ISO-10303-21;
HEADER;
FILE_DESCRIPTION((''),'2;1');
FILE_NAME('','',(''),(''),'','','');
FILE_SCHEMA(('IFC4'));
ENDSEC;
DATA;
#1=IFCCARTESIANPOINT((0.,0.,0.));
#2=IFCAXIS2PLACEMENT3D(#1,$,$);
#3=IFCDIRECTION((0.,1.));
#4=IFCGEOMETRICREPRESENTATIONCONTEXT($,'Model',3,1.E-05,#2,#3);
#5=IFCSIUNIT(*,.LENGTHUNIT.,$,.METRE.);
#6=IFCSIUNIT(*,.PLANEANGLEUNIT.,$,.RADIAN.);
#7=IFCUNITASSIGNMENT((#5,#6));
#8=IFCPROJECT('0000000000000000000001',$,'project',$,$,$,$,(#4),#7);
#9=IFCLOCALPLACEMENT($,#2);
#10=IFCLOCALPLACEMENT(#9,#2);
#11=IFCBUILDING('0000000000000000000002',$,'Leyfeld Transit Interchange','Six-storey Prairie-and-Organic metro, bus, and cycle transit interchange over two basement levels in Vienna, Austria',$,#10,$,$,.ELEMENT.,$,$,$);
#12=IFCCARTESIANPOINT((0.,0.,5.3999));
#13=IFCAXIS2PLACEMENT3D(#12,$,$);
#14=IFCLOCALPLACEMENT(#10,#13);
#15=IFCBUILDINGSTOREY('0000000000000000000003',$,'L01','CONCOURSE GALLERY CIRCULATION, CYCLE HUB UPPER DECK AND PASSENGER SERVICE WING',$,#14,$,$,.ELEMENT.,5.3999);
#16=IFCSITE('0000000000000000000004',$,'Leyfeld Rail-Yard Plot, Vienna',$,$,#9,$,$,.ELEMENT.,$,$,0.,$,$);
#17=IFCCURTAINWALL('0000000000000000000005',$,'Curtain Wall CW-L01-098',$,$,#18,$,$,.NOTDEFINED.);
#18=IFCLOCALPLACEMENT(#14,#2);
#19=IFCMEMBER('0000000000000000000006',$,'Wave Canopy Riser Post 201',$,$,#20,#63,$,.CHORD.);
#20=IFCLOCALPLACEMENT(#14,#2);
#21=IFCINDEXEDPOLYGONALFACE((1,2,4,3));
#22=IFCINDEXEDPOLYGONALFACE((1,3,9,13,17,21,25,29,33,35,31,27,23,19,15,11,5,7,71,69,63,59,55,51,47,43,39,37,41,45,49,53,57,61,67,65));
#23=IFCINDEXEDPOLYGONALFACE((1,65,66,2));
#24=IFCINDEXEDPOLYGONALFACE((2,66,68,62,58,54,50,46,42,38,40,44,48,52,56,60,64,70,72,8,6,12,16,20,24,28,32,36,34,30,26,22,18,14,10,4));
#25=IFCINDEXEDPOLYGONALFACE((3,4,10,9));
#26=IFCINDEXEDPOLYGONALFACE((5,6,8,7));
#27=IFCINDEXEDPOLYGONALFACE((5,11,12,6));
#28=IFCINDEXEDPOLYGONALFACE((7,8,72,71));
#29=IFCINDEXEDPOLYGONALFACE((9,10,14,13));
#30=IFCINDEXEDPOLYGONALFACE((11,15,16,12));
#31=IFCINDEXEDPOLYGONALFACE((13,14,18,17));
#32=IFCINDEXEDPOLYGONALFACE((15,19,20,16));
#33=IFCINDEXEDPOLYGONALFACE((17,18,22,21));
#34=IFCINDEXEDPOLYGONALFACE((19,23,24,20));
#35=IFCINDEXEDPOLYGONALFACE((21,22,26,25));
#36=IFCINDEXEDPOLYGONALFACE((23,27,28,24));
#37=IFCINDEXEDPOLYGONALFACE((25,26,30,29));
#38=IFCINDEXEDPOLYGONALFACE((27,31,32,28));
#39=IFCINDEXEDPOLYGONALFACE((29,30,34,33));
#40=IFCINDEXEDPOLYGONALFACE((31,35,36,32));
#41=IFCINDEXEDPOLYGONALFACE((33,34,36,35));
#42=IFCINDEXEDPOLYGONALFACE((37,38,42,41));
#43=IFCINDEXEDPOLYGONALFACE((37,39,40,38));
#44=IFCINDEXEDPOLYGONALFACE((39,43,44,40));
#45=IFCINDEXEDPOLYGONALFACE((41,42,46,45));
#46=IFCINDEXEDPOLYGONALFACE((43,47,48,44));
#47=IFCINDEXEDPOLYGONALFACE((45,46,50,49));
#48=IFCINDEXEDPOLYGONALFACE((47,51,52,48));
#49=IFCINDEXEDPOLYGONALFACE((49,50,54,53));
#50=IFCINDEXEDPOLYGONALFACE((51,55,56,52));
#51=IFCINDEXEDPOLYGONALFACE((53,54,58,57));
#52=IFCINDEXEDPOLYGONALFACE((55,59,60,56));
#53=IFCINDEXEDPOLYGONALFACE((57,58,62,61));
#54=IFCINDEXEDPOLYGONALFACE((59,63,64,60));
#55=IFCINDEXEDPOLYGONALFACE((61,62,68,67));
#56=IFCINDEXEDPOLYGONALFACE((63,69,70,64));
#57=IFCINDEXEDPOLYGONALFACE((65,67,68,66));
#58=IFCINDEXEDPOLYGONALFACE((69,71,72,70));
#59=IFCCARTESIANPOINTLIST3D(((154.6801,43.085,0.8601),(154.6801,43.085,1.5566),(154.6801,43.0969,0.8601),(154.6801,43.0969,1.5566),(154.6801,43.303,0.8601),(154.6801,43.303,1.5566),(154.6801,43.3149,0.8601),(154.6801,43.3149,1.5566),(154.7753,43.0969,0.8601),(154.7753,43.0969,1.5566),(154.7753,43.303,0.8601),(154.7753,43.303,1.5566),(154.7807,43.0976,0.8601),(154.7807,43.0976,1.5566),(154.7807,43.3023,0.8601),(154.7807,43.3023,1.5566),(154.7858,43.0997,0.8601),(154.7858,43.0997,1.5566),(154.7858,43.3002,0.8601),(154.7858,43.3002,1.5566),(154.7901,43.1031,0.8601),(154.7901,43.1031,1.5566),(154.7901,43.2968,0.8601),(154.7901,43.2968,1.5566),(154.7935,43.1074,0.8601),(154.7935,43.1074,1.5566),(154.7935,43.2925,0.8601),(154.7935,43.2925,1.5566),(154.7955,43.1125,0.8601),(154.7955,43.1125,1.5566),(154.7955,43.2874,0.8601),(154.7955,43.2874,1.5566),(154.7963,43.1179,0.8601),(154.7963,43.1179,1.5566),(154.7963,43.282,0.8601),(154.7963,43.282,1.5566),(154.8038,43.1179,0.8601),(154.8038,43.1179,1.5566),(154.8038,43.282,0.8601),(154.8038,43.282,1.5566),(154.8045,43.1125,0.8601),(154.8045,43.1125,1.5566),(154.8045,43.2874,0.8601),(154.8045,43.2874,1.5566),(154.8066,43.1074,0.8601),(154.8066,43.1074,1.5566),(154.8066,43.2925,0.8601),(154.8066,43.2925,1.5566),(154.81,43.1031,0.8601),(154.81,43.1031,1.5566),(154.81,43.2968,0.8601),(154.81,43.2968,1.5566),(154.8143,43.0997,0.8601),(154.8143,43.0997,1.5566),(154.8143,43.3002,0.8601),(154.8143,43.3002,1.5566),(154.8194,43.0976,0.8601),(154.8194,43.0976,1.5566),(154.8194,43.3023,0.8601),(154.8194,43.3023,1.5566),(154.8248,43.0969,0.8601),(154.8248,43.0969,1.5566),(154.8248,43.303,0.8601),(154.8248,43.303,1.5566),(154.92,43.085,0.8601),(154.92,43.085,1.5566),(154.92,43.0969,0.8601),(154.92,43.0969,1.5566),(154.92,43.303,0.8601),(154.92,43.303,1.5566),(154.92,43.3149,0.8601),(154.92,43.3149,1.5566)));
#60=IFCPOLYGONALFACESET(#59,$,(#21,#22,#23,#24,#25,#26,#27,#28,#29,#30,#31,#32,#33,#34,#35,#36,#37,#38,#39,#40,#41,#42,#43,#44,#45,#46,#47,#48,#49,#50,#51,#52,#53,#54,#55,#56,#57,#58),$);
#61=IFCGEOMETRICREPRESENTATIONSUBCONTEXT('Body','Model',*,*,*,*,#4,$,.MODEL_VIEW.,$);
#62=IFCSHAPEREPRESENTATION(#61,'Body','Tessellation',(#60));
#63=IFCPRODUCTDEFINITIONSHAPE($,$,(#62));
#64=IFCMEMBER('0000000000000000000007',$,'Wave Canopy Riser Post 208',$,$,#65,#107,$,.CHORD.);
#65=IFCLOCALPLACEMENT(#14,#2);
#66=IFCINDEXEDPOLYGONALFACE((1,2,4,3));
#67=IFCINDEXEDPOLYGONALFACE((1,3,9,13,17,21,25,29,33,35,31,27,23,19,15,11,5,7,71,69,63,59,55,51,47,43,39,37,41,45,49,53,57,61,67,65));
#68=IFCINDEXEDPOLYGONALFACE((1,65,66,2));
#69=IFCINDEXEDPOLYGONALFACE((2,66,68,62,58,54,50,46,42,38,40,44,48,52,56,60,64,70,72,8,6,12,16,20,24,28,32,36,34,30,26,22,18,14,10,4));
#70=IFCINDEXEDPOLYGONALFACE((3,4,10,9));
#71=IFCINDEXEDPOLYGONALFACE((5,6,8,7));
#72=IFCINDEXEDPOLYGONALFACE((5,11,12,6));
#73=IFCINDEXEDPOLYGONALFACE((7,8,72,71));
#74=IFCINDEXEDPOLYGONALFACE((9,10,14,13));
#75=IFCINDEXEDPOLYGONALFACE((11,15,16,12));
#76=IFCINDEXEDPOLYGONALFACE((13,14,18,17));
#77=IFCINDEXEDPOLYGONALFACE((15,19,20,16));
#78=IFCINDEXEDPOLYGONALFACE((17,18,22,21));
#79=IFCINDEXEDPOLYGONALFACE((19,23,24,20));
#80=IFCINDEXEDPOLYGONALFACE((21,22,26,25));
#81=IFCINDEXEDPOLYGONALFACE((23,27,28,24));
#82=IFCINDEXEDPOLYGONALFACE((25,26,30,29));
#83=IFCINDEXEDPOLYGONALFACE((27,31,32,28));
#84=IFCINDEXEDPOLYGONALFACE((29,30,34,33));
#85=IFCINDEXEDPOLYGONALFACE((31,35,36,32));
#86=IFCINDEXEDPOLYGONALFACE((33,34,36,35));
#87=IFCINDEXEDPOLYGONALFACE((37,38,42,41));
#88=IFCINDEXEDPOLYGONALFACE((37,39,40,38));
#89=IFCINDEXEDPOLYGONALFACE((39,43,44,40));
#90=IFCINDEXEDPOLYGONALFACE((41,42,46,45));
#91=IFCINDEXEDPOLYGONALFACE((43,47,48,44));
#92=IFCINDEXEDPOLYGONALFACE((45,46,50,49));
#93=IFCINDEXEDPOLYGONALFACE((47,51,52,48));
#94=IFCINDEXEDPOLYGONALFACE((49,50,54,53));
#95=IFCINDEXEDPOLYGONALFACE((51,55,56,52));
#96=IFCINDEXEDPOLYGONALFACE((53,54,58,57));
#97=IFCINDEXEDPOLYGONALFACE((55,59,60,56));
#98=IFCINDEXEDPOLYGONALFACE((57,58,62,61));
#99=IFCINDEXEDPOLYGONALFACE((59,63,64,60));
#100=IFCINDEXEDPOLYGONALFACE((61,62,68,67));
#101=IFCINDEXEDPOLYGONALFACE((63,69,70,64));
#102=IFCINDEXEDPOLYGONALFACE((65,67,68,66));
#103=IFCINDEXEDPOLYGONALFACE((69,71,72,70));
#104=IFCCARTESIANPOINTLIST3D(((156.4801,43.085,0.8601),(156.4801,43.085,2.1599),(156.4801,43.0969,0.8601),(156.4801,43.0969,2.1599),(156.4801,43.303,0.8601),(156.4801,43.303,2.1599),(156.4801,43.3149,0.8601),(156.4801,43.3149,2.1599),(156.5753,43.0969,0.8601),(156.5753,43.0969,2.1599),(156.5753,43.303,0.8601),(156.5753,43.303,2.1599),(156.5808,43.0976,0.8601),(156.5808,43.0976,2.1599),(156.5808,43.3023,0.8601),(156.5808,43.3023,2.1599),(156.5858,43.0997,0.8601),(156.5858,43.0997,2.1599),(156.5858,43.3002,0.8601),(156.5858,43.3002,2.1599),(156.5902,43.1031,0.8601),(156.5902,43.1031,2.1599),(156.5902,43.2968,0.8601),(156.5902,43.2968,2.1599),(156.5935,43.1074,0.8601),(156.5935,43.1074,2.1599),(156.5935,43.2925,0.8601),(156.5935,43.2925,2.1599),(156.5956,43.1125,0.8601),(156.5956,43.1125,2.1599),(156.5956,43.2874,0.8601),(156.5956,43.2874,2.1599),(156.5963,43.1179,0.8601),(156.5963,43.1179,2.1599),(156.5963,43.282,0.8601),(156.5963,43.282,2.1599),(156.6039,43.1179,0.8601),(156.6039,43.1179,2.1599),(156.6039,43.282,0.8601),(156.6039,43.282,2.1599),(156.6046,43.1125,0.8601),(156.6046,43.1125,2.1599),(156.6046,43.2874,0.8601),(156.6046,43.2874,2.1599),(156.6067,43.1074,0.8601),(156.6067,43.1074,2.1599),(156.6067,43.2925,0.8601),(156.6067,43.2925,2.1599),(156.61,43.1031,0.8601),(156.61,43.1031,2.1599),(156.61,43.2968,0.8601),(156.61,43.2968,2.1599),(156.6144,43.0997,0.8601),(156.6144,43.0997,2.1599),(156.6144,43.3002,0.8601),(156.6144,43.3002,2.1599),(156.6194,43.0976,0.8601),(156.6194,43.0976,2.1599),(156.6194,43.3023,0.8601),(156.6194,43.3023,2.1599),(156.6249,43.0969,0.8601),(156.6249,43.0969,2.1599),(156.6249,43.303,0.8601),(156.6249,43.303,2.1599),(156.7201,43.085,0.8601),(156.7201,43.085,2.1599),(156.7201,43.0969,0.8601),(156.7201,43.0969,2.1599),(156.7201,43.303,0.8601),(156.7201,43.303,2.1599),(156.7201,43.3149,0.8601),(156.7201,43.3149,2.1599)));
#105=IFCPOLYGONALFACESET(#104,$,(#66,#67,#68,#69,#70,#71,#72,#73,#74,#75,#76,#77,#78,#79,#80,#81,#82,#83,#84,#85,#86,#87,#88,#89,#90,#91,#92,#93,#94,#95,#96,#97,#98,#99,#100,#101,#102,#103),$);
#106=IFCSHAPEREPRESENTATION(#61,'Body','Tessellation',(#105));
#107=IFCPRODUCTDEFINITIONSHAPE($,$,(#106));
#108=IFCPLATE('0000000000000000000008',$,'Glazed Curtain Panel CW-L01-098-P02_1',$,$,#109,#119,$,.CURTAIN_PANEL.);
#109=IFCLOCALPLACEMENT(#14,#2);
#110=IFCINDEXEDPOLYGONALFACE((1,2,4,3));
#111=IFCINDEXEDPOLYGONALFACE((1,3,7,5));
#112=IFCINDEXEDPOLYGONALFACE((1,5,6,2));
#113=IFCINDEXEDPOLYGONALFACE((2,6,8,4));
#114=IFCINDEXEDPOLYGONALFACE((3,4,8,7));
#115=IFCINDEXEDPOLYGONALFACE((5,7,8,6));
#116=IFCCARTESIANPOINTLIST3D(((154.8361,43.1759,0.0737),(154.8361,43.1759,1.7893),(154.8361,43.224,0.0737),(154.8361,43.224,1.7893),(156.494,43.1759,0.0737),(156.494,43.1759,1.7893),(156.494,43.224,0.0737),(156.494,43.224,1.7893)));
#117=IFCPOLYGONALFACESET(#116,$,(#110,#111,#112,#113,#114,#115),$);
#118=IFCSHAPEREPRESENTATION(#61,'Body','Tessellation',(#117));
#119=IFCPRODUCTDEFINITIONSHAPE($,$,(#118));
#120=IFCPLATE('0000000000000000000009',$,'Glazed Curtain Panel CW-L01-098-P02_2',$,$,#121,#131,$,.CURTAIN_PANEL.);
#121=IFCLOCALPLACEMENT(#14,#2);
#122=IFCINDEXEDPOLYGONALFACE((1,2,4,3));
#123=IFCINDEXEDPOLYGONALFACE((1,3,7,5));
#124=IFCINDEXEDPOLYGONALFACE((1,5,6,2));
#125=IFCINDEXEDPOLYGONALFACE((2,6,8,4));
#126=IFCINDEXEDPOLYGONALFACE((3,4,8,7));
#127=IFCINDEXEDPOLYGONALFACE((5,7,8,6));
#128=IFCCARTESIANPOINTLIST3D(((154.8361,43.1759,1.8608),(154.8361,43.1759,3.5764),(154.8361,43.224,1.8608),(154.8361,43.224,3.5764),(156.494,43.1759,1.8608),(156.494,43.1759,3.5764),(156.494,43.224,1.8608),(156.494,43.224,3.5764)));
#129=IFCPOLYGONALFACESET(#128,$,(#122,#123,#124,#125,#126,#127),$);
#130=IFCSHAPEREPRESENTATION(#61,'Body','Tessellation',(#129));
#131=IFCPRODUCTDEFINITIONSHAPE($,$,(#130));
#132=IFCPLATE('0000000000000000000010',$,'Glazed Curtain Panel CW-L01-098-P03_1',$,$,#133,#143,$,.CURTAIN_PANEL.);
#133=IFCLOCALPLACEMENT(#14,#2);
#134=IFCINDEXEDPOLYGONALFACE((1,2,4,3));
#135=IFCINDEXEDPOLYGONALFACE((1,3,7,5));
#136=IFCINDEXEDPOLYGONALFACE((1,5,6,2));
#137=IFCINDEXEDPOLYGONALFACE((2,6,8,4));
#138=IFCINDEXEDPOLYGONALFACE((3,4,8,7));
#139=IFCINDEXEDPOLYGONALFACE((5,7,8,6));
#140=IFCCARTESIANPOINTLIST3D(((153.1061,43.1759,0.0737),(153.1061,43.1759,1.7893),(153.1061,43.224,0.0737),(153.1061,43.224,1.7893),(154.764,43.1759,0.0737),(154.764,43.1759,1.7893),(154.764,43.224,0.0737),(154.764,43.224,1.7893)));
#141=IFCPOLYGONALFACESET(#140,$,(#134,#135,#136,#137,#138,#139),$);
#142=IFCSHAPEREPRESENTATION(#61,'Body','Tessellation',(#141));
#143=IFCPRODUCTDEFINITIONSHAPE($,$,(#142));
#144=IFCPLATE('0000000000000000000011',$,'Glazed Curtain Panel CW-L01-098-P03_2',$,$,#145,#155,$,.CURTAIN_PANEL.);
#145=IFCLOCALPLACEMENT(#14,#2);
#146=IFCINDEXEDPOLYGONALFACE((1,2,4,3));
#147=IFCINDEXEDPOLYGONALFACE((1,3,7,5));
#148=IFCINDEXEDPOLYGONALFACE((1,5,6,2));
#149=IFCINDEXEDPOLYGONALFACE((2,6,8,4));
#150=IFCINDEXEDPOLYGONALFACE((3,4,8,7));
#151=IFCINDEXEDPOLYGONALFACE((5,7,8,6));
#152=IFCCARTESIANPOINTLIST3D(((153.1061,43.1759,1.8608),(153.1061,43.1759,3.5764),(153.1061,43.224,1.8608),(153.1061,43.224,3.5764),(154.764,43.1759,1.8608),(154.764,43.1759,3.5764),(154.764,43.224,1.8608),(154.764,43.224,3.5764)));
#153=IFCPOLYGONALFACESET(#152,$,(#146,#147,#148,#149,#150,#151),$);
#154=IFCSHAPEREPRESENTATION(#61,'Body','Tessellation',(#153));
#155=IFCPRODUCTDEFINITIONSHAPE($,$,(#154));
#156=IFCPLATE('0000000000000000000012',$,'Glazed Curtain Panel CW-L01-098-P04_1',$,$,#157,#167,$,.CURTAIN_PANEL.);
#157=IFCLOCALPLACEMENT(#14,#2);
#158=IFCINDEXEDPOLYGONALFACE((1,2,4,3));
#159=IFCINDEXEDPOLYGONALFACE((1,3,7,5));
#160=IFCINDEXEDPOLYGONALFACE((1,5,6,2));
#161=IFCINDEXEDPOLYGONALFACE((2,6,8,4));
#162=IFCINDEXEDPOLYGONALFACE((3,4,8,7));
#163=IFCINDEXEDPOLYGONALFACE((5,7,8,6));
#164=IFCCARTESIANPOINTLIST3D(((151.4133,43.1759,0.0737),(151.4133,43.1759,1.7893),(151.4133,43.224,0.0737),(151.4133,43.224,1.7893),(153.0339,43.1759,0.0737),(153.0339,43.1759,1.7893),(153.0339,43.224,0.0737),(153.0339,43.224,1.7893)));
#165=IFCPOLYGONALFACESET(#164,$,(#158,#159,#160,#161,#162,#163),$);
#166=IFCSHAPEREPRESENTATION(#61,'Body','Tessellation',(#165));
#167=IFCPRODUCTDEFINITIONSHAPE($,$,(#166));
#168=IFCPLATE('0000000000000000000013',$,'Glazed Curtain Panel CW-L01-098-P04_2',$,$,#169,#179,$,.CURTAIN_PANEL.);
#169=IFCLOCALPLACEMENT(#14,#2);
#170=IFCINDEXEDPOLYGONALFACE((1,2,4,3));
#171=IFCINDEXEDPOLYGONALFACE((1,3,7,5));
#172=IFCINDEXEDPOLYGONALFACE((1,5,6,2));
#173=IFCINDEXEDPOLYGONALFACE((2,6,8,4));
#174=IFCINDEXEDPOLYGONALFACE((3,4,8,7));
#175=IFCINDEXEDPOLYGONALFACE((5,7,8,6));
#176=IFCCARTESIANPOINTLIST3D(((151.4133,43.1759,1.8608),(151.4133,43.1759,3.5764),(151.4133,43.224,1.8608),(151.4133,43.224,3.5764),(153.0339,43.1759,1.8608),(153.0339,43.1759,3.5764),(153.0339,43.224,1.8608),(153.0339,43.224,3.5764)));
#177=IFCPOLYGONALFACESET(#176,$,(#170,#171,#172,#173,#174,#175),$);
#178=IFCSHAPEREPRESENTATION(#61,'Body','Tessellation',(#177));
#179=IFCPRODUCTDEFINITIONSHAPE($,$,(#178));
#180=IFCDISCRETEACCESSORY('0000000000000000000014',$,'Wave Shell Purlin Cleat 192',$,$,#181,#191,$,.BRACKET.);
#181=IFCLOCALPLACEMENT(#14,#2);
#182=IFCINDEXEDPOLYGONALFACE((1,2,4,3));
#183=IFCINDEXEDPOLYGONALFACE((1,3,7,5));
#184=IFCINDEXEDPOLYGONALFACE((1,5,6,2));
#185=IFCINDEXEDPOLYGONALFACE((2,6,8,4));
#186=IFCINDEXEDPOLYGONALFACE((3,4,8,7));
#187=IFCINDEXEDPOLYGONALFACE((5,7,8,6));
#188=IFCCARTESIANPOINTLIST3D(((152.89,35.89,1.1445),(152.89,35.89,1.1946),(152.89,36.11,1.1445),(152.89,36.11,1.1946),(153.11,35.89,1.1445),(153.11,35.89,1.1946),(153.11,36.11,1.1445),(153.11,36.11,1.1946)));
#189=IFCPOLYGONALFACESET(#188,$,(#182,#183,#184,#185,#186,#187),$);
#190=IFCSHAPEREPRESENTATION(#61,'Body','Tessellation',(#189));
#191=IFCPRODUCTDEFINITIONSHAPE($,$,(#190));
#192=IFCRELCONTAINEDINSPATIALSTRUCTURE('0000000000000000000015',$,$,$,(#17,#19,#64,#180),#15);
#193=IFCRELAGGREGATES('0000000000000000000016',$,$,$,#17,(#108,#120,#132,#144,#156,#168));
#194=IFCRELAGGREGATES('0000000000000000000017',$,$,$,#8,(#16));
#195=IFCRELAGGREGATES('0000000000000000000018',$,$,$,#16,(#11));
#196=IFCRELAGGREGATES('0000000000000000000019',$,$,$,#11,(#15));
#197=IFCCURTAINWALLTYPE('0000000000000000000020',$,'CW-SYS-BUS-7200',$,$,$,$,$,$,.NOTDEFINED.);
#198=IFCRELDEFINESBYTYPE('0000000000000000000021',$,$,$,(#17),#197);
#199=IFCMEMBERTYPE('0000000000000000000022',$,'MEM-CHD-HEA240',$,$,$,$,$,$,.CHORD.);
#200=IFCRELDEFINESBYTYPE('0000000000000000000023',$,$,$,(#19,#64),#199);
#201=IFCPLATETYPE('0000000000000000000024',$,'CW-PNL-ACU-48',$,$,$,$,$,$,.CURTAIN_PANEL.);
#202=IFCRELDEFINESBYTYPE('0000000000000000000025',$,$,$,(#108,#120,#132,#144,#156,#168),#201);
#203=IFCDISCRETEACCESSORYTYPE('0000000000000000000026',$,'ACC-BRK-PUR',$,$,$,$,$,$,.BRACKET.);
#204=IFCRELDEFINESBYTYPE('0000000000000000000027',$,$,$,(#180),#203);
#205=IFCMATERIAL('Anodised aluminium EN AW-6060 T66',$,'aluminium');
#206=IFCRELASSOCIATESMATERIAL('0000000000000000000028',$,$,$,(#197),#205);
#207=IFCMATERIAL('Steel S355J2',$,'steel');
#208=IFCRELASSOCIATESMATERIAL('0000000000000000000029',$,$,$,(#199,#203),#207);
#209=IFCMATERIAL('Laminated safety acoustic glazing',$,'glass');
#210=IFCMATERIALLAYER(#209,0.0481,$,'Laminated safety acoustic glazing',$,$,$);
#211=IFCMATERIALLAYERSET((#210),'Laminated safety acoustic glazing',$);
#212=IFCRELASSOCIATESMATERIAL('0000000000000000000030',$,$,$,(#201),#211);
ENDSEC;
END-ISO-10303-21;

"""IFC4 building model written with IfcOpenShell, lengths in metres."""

from ifc_helpers import new_model, si_unit, direction, frame, origin, origin_2d, place, context, subcontext, project, spatial, rectangle, i_section, extrude, material, layer, layer_set, material_profile, profile_set, type_object, element, aggregate, save


model = new_model("IFC4")

# Units and contexts
model_context = context("Model", 3, precision=1e-05, world=origin(), true_north=direction((0.0, 1.0)))
body_context = subcontext(model_context, "Body", "Model", "MODEL_VIEW")
ifc_project = project(units=[si_unit("LENGTHUNIT", "METRE"), si_unit("PLANEANGLEUNIT", "RADIAN")], contexts=[model_context])

# Site, building, storey
site_placement = place(None, origin())
site = spatial("IfcSite", under=ifc_project, at=site_placement, Name="Leyfeld Rail-Yard Plot, Vienna", CompositionType="ELEMENT", RefElevation=0.0)
building_placement = place(site_placement, origin())
building = spatial("IfcBuilding", under=site, at=building_placement, Name="Leyfeld Transit Interchange", Description="Six-storey Prairie-and-Organic metro, bus, and cycle transit interchange over two basement levels in Vienna, Austria", CompositionType="ELEMENT")
storey_placement = place(building_placement, frame((0.0, 0.0, 5.3999)))
storey = spatial("IfcBuildingStorey", under=building, at=storey_placement, Name="L01", Description="CONCOURSE GALLERY CIRCULATION, CYCLE HUB UPPER DECK AND PASSENGER SERVICE WING", CompositionType="ELEMENT", Elevation=5.3999)

# Shared definitions
ifc_material_1 = material(Name="Steel S355J2", Category="steel")

# Curtain wall
ifc_material_2 = material(Name="Anodised aluminium EN AW-6060 T66", Category="aluminium")
curtain_wall_type = type_object("IfcCurtainWallType", Name="CW-SYS-BUS-7200", PredefinedType="NOTDEFINED", material=ifc_material_2)
curtain_wall_placement = place(storey_placement, origin())
curtain_wall = element("IfcCurtainWall", 1, at=curtain_wall_placement, inside=storey, type_object=curtain_wall_type, Name="Curtain Wall CW-L01-098", PredefinedType="NOTDEFINED")

# Members
ifc_material_profile_1 = material_profile(ifc_material_1, i_section(OverallWidth=0.24, OverallDepth=0.23, WebThickness=0.0076, FlangeThickness=0.012, FilletRadius=0.021, at=origin_2d()), Name="HEA 240")
ifc_profile_set_1 = profile_set([ifc_material_profile_1], Name="Steel S355J2")
member_type_1 = type_object("IfcMemberType", Name="MEM-CHD-HEA240", PredefinedType="CHORD", material=ifc_profile_set_1)
member_1_placement = place(storey_placement, frame((154.8, 43.2, 0.8601), z_axis=(0.0, 0.0, 1.0), x_axis=(1.0, 0.0, 0.0)))
element("IfcMember", 2, at=member_1_placement, inside=storey, type_object=member_type_1, Name="Wave Canopy Riser Post 201", PredefinedType="CHORD", context=body_context, shape_type="SweptSolid", body=[
    extrude(i_section(OverallWidth=0.24, OverallDepth=0.23, WebThickness=0.0076, FlangeThickness=0.012, FilletRadius=0.021, at=origin_2d()), origin(), (0.0, 0.0, 1.0), 0.6965),
])
member_2_placement = place(storey_placement, frame((156.6001, 43.2, 0.8601), z_axis=(0.0, 0.0, 1.0), x_axis=(1.0, 0.0, 0.0)))
element("IfcMember", 3, at=member_2_placement, inside=storey, type_object=member_type_1, Name="Wave Canopy Riser Post 208", PredefinedType="CHORD", context=body_context, shape_type="SweptSolid", body=[
    extrude(i_section(OverallWidth=0.24, OverallDepth=0.23, WebThickness=0.0076, FlangeThickness=0.012, FilletRadius=0.021, at=origin_2d()), origin(), (0.0, 0.0, 1.0), 1.2998),
])

# Plates
ifc_material_3 = material(Name="Laminated safety acoustic glazing", Category="glass")
ifc_layer = layer(ifc_material_3, 0.0481, Name="Laminated safety acoustic glazing")
ifc_layer_set = layer_set([ifc_layer], Name="Laminated safety acoustic glazing")
plate_type = type_object("IfcPlateType", Name="CW-PNL-ACU-48", PredefinedType="CURTAIN_PANEL", material=ifc_layer_set)
plate_1_placement = place(storey_placement, frame((155.665, 43.2, 0.0737), z_axis=(0.0, 0.0, 1.0), x_axis=(-1.0, 0.0, 0.0)))
plate_1 = element("IfcPlate", 4, at=plate_1_placement, type_object=plate_type, Name="Glazed Curtain Panel CW-L01-098-P02_1", PredefinedType="CURTAIN_PANEL", context=body_context, shape_type="SweptSolid", body=[
    extrude(rectangle(XDim=1.658, YDim=0.0481, at=origin_2d()), origin(), (0.0, 0.0, 1.0), 1.7156),
])
plate_2_placement = place(storey_placement, frame((155.665, 43.2, 1.8608), z_axis=(0.0, 0.0, 1.0), x_axis=(-1.0, 0.0, 0.0)))
plate_2 = element("IfcPlate", 5, at=plate_2_placement, type_object=plate_type, Name="Glazed Curtain Panel CW-L01-098-P02_2", PredefinedType="CURTAIN_PANEL", context=body_context, shape_type="SweptSolid", body=[
    extrude(rectangle(XDim=1.658, YDim=0.0481, at=origin_2d()), origin(), (0.0, 0.0, 1.0), 1.7156),
])
plate_3_placement = place(storey_placement, frame((153.9351, 43.2, 0.0737), z_axis=(0.0, 0.0, 1.0), x_axis=(-1.0, 0.0, 0.0)))
plate_3 = element("IfcPlate", 6, at=plate_3_placement, type_object=plate_type, Name="Glazed Curtain Panel CW-L01-098-P03_1", PredefinedType="CURTAIN_PANEL", context=body_context, shape_type="SweptSolid", body=[
    extrude(rectangle(XDim=1.658, YDim=0.0481, at=origin_2d()), origin(), (0.0, 0.0, 1.0), 1.7156),
])
plate_4_placement = place(storey_placement, frame((153.9351, 43.2, 1.8608), z_axis=(0.0, 0.0, 1.0), x_axis=(-1.0, 0.0, 0.0)))
plate_4 = element("IfcPlate", 7, at=plate_4_placement, type_object=plate_type, Name="Glazed Curtain Panel CW-L01-098-P03_2", PredefinedType="CURTAIN_PANEL", context=body_context, shape_type="SweptSolid", body=[
    extrude(rectangle(XDim=1.658, YDim=0.0481, at=origin_2d()), origin(), (0.0, 0.0, 1.0), 1.7156),
])
plate_5_placement = place(storey_placement, frame((152.2236, 43.2, 0.0737), z_axis=(0.0, 0.0, 1.0), x_axis=(-1.0, 0.0, 0.0)))
plate_5 = element("IfcPlate", 8, at=plate_5_placement, type_object=plate_type, Name="Glazed Curtain Panel CW-L01-098-P04_1", PredefinedType="CURTAIN_PANEL", context=body_context, shape_type="SweptSolid", body=[
    extrude(rectangle(XDim=1.6206, YDim=0.0481, at=origin_2d()), origin(), (0.0, 0.0, 1.0), 1.7156),
])
plate_6_placement = place(storey_placement, frame((152.2236, 43.2, 1.8608), z_axis=(0.0, 0.0, 1.0), x_axis=(-1.0, 0.0, 0.0)))
plate_6 = element("IfcPlate", 9, at=plate_6_placement, type_object=plate_type, Name="Glazed Curtain Panel CW-L01-098-P04_2", PredefinedType="CURTAIN_PANEL", context=body_context, shape_type="SweptSolid", body=[
    extrude(rectangle(XDim=1.6206, YDim=0.0481, at=origin_2d()), origin(), (0.0, 0.0, 1.0), 1.7156),
])
aggregate(curtain_wall, [plate_1, plate_2, plate_3, plate_4, plate_5, plate_6])

# Discrete accessory
discrete_accessory_type = type_object("IfcDiscreteAccessoryType", Name="ACC-BRK-PUR", PredefinedType="BRACKET", material=ifc_material_1)
discrete_accessory_1_placement = place(storey_placement, frame((153.0, 36.0, 1.1445), z_axis=(0.0, 0.0, 1.0), x_axis=(1.0, 0.0, 0.0)))
element("IfcDiscreteAccessory", 10, at=discrete_accessory_1_placement, inside=storey, type_object=discrete_accessory_type, Name="Wave Shell Purlin Cleat 192", PredefinedType="BRACKET", context=body_context, shape_type="SweptSolid", body=[
    extrude(rectangle(XDim=0.22, YDim=0.22, at=origin_2d()), origin(), (0.0, 0.0, 1.0), 0.05),
])

save(model, "model.ifc")
